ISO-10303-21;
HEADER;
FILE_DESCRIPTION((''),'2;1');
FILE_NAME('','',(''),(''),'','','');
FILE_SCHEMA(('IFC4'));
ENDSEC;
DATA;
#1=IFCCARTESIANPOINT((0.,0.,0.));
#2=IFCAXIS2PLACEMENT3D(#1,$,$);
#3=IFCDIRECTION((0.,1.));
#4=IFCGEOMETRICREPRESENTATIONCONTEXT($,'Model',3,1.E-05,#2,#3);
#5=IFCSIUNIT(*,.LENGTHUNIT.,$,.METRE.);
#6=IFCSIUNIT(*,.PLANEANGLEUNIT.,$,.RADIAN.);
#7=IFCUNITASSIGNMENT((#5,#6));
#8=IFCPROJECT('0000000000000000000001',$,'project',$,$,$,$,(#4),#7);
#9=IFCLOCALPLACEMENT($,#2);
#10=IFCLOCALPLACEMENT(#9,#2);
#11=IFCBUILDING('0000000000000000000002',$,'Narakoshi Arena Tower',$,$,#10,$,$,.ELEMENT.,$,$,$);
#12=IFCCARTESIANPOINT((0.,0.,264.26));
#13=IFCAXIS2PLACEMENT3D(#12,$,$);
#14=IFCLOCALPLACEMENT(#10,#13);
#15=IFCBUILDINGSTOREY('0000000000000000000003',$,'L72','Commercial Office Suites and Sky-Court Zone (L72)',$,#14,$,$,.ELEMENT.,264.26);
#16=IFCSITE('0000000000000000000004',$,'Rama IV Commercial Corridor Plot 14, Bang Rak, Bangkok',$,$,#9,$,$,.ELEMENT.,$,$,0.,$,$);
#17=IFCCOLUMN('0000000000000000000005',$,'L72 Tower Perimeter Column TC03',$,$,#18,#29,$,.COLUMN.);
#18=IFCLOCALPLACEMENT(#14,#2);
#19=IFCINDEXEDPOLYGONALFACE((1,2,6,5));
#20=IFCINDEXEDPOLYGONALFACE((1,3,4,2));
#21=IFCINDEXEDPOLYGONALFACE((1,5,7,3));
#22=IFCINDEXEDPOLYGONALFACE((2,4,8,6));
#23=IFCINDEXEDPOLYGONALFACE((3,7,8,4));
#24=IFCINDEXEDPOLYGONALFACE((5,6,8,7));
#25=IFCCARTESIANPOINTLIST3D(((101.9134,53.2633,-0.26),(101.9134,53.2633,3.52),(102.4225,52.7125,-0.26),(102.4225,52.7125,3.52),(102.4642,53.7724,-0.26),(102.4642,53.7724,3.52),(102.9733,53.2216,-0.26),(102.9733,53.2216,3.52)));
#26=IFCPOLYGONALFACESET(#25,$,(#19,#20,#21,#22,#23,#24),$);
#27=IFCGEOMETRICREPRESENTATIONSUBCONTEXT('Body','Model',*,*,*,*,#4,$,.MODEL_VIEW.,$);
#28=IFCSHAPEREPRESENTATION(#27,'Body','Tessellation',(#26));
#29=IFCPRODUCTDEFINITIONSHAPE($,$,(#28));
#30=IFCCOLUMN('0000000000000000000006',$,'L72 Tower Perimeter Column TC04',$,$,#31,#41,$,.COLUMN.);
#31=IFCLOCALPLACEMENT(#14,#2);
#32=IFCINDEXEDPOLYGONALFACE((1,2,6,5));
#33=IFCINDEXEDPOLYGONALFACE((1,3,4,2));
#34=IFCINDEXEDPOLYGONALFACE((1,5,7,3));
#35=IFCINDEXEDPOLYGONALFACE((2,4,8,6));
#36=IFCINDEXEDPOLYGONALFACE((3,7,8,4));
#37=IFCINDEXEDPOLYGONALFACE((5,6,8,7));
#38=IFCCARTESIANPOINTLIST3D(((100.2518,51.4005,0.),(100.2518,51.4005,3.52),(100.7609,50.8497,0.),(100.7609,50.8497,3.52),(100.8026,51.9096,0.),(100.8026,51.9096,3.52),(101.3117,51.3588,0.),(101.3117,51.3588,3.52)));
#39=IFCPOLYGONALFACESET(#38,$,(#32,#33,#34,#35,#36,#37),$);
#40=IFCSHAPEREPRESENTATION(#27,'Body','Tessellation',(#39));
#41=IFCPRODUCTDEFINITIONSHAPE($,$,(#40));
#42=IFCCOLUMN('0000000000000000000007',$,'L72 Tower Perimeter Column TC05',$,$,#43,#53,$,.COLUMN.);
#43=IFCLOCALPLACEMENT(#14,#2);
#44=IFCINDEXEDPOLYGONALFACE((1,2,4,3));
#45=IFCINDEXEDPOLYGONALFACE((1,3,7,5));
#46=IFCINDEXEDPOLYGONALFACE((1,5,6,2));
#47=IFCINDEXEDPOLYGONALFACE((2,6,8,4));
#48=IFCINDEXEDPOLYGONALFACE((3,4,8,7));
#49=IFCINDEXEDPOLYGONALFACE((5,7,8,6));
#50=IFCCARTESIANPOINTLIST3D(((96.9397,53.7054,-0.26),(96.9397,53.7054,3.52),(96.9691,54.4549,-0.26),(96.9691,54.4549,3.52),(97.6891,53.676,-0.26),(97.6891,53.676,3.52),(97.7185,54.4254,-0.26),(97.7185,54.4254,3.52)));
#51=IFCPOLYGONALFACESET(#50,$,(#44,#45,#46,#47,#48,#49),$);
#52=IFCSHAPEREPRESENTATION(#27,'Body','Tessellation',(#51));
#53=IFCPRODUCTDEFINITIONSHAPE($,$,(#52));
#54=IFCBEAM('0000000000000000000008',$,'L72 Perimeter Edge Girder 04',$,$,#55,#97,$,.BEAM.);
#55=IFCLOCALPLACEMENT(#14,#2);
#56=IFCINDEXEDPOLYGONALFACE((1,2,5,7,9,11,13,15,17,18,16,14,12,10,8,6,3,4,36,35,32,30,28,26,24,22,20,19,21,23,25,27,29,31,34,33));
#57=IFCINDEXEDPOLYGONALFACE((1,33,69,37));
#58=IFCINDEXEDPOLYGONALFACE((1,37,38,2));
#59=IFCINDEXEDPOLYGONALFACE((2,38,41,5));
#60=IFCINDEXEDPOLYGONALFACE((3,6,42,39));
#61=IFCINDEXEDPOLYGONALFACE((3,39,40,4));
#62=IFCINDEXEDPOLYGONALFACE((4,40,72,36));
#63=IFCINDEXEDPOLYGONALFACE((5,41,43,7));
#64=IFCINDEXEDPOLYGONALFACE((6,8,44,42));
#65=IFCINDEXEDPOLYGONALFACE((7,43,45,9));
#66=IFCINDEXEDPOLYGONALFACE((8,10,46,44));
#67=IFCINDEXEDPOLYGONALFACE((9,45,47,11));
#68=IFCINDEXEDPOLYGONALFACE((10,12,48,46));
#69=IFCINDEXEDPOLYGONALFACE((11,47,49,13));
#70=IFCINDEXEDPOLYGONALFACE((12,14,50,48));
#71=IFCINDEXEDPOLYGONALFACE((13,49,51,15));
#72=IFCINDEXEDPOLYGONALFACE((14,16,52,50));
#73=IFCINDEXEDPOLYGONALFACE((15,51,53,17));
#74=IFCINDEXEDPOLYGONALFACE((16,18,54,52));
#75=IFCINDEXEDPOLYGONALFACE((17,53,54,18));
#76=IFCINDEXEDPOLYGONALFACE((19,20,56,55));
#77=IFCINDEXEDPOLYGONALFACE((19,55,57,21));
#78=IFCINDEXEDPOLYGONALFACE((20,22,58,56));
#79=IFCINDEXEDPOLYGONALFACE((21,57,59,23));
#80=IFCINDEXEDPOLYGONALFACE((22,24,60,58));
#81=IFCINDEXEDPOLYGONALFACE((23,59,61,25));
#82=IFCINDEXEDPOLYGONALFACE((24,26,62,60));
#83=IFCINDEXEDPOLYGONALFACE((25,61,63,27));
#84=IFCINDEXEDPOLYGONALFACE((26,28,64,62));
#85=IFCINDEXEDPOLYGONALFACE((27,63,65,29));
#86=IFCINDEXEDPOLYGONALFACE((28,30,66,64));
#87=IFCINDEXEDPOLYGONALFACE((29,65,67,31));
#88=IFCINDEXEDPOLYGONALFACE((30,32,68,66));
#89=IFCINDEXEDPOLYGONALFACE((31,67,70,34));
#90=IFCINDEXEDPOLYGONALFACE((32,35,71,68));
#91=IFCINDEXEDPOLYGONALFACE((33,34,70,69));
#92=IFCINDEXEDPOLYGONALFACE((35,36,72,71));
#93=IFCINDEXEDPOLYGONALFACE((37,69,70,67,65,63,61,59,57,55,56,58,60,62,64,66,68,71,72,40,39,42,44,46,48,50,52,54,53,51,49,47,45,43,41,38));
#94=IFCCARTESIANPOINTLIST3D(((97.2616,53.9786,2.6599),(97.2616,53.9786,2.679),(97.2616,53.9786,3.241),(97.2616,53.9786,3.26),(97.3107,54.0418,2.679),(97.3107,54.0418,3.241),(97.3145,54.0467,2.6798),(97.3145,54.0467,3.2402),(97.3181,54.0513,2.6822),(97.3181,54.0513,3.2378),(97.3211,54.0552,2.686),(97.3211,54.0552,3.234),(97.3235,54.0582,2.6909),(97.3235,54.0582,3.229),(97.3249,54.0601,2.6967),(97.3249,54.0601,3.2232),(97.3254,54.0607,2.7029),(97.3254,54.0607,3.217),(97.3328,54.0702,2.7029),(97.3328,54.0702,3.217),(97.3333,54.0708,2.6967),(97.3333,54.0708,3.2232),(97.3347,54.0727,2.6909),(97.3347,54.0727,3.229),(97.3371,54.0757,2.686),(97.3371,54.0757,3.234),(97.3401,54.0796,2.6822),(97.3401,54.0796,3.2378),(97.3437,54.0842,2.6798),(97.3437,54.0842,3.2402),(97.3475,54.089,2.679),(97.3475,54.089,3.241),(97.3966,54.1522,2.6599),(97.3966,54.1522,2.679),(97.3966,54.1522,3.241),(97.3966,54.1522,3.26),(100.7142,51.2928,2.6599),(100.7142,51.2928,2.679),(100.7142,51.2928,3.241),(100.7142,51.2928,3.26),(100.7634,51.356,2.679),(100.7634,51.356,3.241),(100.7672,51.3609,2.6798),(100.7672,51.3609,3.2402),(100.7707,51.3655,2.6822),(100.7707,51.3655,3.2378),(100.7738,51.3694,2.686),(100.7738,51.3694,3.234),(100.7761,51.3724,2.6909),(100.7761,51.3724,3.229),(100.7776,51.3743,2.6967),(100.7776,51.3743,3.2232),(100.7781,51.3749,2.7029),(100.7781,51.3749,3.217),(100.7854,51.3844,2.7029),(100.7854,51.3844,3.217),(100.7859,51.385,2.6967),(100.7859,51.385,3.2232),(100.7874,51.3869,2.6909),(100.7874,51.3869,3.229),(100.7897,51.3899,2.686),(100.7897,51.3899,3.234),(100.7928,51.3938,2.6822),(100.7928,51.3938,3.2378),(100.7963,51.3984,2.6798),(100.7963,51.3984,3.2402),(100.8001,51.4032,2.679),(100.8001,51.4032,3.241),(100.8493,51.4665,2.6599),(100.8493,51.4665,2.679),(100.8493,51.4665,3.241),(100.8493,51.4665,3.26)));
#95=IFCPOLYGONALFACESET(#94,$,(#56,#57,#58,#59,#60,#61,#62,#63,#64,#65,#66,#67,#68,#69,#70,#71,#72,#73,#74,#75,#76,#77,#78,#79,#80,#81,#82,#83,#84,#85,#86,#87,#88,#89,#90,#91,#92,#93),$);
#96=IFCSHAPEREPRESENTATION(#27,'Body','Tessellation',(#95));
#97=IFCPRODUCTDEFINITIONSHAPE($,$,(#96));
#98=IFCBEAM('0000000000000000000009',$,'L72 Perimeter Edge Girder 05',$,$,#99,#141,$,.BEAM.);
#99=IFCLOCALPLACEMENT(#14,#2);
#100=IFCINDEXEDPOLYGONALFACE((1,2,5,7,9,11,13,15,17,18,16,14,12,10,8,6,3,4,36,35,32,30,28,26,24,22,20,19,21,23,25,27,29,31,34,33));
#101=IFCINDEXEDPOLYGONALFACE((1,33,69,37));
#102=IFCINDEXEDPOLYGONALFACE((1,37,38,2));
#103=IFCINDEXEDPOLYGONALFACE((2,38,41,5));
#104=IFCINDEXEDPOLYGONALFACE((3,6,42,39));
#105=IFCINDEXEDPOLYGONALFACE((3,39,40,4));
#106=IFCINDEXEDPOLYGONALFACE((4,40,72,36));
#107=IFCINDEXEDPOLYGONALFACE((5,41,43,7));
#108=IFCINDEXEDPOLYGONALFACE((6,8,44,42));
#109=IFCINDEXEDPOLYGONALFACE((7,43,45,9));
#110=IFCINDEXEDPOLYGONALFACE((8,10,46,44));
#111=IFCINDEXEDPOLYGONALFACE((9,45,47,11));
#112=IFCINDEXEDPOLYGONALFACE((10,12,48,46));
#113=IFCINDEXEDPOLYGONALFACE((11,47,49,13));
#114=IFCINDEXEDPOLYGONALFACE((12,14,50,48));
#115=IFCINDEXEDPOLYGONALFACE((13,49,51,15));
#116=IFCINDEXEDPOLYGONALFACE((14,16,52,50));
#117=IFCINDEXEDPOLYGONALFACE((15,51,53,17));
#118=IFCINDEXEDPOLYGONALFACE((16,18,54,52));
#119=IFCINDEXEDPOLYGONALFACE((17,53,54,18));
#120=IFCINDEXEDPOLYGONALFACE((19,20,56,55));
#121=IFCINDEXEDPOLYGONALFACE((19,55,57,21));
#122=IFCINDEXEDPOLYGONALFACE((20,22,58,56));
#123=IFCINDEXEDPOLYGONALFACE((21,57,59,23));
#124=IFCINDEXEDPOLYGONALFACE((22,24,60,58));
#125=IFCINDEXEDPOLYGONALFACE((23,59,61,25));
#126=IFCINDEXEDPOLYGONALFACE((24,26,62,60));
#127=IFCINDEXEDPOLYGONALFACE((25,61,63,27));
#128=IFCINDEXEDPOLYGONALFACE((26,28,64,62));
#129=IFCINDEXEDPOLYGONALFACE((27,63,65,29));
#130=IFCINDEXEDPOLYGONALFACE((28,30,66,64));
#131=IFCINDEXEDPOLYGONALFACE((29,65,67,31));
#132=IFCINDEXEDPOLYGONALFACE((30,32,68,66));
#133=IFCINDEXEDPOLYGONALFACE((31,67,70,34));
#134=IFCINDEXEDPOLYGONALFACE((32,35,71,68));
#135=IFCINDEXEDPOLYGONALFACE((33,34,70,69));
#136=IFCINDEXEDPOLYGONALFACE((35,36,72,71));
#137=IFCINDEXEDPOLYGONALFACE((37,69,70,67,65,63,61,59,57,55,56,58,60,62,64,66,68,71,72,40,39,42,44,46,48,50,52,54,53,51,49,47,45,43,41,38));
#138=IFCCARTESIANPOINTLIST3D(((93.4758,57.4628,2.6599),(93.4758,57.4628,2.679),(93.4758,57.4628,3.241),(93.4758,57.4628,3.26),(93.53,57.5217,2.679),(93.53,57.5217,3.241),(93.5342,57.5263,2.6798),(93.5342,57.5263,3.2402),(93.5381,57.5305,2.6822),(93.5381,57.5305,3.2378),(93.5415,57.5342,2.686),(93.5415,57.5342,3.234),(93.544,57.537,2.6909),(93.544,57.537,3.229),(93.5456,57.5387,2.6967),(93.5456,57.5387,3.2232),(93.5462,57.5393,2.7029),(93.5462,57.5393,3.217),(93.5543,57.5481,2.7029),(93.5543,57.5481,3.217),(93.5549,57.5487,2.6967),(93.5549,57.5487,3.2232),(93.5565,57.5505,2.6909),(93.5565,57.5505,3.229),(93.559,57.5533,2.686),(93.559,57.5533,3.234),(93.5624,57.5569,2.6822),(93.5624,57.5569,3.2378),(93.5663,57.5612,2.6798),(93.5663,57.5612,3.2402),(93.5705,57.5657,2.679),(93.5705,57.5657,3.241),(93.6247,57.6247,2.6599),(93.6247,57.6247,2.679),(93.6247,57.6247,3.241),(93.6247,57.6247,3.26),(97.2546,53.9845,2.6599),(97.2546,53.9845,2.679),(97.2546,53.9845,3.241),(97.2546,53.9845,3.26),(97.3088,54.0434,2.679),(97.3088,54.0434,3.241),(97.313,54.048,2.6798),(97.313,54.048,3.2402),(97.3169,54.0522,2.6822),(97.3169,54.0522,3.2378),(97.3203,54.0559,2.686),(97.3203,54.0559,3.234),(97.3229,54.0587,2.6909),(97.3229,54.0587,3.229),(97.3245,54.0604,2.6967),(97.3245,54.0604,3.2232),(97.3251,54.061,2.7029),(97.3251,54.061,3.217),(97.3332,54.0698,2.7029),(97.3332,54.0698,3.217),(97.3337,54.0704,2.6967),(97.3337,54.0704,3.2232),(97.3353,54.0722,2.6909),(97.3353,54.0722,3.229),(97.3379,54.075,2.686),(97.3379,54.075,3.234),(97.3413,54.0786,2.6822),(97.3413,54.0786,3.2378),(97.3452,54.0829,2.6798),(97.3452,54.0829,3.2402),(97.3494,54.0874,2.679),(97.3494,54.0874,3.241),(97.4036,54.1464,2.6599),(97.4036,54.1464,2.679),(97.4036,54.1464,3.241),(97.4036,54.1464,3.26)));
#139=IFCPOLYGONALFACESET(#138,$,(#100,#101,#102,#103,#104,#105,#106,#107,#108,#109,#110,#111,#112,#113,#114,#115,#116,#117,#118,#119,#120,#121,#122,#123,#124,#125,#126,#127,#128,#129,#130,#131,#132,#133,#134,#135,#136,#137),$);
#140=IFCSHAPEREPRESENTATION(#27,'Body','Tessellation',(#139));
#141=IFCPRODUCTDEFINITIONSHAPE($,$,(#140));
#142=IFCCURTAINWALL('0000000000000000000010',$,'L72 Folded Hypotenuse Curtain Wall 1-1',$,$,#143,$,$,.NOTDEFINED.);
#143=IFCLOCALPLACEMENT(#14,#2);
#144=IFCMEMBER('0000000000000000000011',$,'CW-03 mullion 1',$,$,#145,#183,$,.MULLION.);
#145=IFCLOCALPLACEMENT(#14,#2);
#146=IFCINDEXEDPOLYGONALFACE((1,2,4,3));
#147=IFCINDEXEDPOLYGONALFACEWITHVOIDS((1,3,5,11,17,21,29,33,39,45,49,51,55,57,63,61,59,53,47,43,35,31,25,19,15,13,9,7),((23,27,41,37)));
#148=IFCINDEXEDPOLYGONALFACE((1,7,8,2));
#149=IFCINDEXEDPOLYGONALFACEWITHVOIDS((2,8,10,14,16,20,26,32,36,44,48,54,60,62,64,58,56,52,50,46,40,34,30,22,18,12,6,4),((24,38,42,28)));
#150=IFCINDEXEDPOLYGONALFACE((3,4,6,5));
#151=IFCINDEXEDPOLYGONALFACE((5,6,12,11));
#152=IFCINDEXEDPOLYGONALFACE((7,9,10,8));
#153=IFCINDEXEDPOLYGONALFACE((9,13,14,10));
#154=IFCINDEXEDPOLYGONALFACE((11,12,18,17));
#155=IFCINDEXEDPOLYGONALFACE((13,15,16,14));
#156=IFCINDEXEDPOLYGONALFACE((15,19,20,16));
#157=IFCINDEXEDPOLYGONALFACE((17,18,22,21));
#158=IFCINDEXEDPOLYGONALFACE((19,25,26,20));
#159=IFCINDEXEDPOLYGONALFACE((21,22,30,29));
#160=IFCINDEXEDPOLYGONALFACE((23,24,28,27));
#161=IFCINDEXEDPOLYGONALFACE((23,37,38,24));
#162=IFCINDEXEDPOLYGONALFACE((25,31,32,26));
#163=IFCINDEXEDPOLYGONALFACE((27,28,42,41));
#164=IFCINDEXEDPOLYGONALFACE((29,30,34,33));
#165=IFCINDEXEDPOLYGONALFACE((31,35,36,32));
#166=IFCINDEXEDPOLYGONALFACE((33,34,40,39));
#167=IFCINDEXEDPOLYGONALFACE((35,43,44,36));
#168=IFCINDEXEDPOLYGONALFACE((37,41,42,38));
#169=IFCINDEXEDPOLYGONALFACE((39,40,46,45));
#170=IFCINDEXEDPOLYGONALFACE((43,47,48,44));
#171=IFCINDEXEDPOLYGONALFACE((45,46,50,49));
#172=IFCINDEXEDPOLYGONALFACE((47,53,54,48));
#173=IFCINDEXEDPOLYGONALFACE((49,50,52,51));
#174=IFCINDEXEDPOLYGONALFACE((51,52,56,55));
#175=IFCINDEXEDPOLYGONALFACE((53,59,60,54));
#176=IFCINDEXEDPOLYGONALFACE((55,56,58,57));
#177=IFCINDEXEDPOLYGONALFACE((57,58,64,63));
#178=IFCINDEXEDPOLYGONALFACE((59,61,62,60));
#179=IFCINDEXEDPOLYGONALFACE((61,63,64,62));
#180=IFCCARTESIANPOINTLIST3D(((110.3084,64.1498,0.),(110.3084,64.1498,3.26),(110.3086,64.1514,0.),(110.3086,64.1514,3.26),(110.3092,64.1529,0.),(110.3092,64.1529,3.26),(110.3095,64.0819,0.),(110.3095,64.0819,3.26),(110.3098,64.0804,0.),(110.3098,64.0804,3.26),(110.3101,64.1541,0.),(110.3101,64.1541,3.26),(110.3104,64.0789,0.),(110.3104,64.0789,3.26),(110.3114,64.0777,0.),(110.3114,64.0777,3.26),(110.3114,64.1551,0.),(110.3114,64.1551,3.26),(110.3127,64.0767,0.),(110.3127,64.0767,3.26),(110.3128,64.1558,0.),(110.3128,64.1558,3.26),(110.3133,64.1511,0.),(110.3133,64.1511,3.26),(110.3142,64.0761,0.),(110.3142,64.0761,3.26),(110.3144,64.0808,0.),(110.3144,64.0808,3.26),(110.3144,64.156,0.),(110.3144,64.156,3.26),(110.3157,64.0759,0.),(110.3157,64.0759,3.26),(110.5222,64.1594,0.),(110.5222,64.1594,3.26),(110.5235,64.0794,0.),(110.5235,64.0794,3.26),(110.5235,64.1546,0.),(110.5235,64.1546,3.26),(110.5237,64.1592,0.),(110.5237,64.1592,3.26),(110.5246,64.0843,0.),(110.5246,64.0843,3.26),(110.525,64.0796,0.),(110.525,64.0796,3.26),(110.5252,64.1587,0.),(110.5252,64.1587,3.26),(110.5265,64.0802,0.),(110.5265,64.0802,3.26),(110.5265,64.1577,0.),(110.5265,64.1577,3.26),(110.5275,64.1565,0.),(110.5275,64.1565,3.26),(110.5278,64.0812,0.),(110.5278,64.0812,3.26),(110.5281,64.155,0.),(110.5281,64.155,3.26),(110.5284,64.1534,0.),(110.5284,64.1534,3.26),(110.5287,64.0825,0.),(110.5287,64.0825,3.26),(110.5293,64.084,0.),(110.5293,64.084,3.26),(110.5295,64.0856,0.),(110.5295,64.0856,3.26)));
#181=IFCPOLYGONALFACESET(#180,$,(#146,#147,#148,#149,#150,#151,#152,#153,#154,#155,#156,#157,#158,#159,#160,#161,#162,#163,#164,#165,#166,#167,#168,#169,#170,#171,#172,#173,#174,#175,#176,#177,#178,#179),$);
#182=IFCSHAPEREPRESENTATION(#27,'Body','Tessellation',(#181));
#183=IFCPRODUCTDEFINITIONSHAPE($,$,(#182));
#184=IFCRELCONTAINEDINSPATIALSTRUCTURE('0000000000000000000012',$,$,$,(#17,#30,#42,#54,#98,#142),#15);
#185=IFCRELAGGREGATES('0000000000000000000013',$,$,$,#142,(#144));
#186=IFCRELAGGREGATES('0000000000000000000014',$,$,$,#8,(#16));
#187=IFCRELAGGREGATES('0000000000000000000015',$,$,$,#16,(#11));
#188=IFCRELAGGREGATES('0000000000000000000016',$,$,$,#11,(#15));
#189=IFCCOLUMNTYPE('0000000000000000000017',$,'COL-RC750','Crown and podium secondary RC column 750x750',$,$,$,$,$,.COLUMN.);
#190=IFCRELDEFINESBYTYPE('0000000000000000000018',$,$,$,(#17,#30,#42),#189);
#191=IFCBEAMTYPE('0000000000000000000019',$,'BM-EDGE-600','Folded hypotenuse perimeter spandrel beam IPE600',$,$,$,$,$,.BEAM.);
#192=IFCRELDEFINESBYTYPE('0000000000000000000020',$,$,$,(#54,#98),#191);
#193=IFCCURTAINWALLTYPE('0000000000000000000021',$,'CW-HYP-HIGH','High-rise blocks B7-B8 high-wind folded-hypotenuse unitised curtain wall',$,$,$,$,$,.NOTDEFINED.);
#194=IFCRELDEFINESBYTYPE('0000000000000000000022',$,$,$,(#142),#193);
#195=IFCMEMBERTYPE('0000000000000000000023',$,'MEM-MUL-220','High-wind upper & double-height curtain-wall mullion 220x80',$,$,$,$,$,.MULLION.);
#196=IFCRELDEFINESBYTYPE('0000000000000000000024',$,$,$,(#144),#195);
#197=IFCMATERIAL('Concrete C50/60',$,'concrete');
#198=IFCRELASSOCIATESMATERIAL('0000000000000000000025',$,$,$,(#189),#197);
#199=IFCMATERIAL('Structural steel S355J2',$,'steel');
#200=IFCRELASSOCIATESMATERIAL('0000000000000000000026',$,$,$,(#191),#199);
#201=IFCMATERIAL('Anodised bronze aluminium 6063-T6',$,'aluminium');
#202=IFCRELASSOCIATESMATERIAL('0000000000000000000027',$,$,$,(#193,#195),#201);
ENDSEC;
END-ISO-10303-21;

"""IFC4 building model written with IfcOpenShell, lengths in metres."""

from ifc_helpers import new_model, si_unit, direction, frame, origin, origin_2d, place, context, subcontext, project, spatial, rectangle, hollow_rectangle, i_section, extrude, material, material_profile, profile_set, type_object, element, aggregate, save


model = new_model("IFC4")

# Units and contexts
model_context = context("Model", 3, precision=1e-05, world=origin(), true_north=direction((0.0, 1.0)))
body_context = subcontext(model_context, "Body", "Model", "MODEL_VIEW")
ifc_project = project(units=[si_unit("LENGTHUNIT", "METRE"), si_unit("PLANEANGLEUNIT", "RADIAN")], contexts=[model_context])

# Site, building, storey
site_placement = place(None, origin())
site = spatial("IfcSite", under=ifc_project, at=site_placement, Name="Rama IV Commercial Corridor Plot 14, Bang Rak, Bangkok", CompositionType="ELEMENT", RefElevation=0.0)
building_placement = place(site_placement, origin())
building = spatial("IfcBuilding", under=site, at=building_placement, Name="Narakoshi Arena Tower", CompositionType="ELEMENT")
storey_placement = place(building_placement, frame((0.0, 0.0, 264.26)))
storey = spatial("IfcBuildingStorey", under=building, at=storey_placement, Name="L72", Description="Commercial Office Suites and Sky-Court Zone (L72)", CompositionType="ELEMENT", Elevation=264.26)

# Columns
ifc_material_1 = material(Name="Concrete C50/60", Category="concrete")
ifc_material_profile_1 = material_profile(ifc_material_1, rectangle(XDim=0.75, YDim=0.75, at=origin_2d()), Name="RC750x750")
ifc_profile_set_1 = profile_set([ifc_material_profile_1], Name="Concrete C50/60")
column_type = type_object("IfcColumnType", Name="COL-RC750", Description="Crown and podium secondary RC column 750x750", PredefinedType="COLUMN", material=ifc_profile_set_1)
column_1_placement = place(storey_placement, frame((102.4434, 53.2424, -0.26), z_axis=(0.0, 0.0, 1.0), x_axis=(0.734323, 0.678801, 0.0)))
element("IfcColumn", 1, at=column_1_placement, inside=storey, type_object=column_type, Name="L72 Tower Perimeter Column TC03", PredefinedType="COLUMN", context=body_context, shape_type="SweptSolid", body=[
    extrude(rectangle(XDim=0.75, YDim=0.75, at=origin_2d()), origin(), (0.0, 0.0, 1.0), 3.78),
])
column_2_placement = place(storey_placement, frame((100.7817, 51.3796, 0.0), z_axis=(0.0, 0.0, 1.0), x_axis=(0.734323, 0.678801, 0.0)))
element("IfcColumn", 2, at=column_2_placement, inside=storey, type_object=column_type, Name="L72 Tower Perimeter Column TC04", PredefinedType="COLUMN", context=body_context, shape_type="SweptSolid", body=[
    extrude(rectangle(XDim=0.75, YDim=0.75, at=origin_2d()), origin(), (0.0, 0.0, 1.0), 3.52),
])
column_3_placement = place(storey_placement, frame((97.3291, 54.0654, -0.26), z_axis=(0.0, 0.0, 1.0), x_axis=(0.03926, 0.999229, 0.0)))
element("IfcColumn", 3, at=column_3_placement, inside=storey, type_object=column_type, Name="L72 Tower Perimeter Column TC05", PredefinedType="COLUMN", context=body_context, shape_type="SweptSolid", body=[
    extrude(rectangle(XDim=0.75, YDim=0.75, at=origin_2d()), origin(), (0.0, 0.0, 1.0), 3.78),
])

# Beams
ifc_material_2 = material(Name="Structural steel S355J2", Category="steel")
ifc_material_profile_2 = material_profile(ifc_material_2, i_section(OverallWidth=0.22, OverallDepth=0.6001, WebThickness=0.012, FlangeThickness=0.019, FilletRadius=0.0239, at=origin_2d()), Name="IPE600")
ifc_profile_set_2 = profile_set([ifc_material_profile_2], Name="Structural steel S355J2")
beam_type = type_object("IfcBeamType", Name="BM-EDGE-600", Description="Folded hypotenuse perimeter spandrel beam IPE600", PredefinedType="BEAM", material=ifc_profile_set_2)
beam_1_placement = place(storey_placement, frame((100.7817, 51.3796, 2.96), z_axis=(-0.789307, 0.613999, 0.0), x_axis=(-0.613999, -0.789307, 0.0)))
element("IfcBeam", 4, at=beam_1_placement, inside=storey, type_object=beam_type, Name="L72 Perimeter Edge Girder 04", PredefinedType="BEAM", context=body_context, shape_type="SweptSolid", body=[
    extrude(i_section(OverallWidth=0.22, OverallDepth=0.6001, WebThickness=0.012, FlangeThickness=0.019, FilletRadius=0.0239, at=origin_2d()), origin(), (0.0, 0.0, 1.0), 4.3743),
])
beam_2_placement = place(storey_placement, frame((97.3291, 54.0654, 2.96), z_axis=(-0.73576, 0.677243, 0.0), x_axis=(-0.677243, -0.73576, 0.0)))
element("IfcBeam", 5, at=beam_2_placement, inside=storey, type_object=beam_type, Name="L72 Perimeter Edge Girder 05", PredefinedType="BEAM", context=body_context, shape_type="SweptSolid", body=[
    extrude(i_section(OverallWidth=0.22, OverallDepth=0.6001, WebThickness=0.012, FlangeThickness=0.019, FilletRadius=0.0239, at=origin_2d()), origin(), (0.0, 0.0, 1.0), 5.136),
])

# Curtain wall, member
ifc_material_3 = material(Name="Anodised bronze aluminium 6063-T6", Category="aluminium")
curtain_wall_type = type_object("IfcCurtainWallType", Name="CW-HYP-HIGH", Description="High-rise blocks B7-B8 high-wind folded-hypotenuse unitised curtain wall", PredefinedType="NOTDEFINED", material=ifc_material_3)
curtain_wall_placement = place(storey_placement, origin())
curtain_wall = element("IfcCurtainWall", 6, at=curtain_wall_placement, inside=storey, type_object=curtain_wall_type, Name="L72 Folded Hypotenuse Curtain Wall 1-1", PredefinedType="NOTDEFINED")
ifc_material_profile_3 = material_profile(ifc_material_3, hollow_rectangle(XDim=0.0801, YDim=0.22, WallThickness=0.0049, OuterFilletRadius=0.0061, at=origin_2d()), Name="MUL220x80x5")
ifc_profile_set_3 = profile_set([ifc_material_profile_3], Name="Anodised bronze aluminium 6063-T6")
member_type_1 = type_object("IfcMemberType", Name="MEM-MUL-220", Description="High-wind upper & double-height curtain-wall mullion 220x80", PredefinedType="MULLION", material=ifc_profile_set_3)
member_1_placement = place(storey_placement, frame((110.4189, 64.1177, 0.0), z_axis=(0.0, 0.0, 1.0), x_axis=(0.016443, -0.999865, 0.0)))
member_1 = element("IfcMember", 7, at=member_1_placement, type_object=member_type_1, Name="CW-03 mullion 1", PredefinedType="MULLION", context=body_context, shape_type="SweptSolid", body=[
    extrude(hollow_rectangle(XDim=0.0801, YDim=0.22, WallThickness=0.0049, OuterFilletRadius=0.0061, at=origin_2d()), origin(), (0.0, 0.0, 1.0), 3.26),
])
aggregate(curtain_wall, [member_1])

save(model, "model.ifc")
